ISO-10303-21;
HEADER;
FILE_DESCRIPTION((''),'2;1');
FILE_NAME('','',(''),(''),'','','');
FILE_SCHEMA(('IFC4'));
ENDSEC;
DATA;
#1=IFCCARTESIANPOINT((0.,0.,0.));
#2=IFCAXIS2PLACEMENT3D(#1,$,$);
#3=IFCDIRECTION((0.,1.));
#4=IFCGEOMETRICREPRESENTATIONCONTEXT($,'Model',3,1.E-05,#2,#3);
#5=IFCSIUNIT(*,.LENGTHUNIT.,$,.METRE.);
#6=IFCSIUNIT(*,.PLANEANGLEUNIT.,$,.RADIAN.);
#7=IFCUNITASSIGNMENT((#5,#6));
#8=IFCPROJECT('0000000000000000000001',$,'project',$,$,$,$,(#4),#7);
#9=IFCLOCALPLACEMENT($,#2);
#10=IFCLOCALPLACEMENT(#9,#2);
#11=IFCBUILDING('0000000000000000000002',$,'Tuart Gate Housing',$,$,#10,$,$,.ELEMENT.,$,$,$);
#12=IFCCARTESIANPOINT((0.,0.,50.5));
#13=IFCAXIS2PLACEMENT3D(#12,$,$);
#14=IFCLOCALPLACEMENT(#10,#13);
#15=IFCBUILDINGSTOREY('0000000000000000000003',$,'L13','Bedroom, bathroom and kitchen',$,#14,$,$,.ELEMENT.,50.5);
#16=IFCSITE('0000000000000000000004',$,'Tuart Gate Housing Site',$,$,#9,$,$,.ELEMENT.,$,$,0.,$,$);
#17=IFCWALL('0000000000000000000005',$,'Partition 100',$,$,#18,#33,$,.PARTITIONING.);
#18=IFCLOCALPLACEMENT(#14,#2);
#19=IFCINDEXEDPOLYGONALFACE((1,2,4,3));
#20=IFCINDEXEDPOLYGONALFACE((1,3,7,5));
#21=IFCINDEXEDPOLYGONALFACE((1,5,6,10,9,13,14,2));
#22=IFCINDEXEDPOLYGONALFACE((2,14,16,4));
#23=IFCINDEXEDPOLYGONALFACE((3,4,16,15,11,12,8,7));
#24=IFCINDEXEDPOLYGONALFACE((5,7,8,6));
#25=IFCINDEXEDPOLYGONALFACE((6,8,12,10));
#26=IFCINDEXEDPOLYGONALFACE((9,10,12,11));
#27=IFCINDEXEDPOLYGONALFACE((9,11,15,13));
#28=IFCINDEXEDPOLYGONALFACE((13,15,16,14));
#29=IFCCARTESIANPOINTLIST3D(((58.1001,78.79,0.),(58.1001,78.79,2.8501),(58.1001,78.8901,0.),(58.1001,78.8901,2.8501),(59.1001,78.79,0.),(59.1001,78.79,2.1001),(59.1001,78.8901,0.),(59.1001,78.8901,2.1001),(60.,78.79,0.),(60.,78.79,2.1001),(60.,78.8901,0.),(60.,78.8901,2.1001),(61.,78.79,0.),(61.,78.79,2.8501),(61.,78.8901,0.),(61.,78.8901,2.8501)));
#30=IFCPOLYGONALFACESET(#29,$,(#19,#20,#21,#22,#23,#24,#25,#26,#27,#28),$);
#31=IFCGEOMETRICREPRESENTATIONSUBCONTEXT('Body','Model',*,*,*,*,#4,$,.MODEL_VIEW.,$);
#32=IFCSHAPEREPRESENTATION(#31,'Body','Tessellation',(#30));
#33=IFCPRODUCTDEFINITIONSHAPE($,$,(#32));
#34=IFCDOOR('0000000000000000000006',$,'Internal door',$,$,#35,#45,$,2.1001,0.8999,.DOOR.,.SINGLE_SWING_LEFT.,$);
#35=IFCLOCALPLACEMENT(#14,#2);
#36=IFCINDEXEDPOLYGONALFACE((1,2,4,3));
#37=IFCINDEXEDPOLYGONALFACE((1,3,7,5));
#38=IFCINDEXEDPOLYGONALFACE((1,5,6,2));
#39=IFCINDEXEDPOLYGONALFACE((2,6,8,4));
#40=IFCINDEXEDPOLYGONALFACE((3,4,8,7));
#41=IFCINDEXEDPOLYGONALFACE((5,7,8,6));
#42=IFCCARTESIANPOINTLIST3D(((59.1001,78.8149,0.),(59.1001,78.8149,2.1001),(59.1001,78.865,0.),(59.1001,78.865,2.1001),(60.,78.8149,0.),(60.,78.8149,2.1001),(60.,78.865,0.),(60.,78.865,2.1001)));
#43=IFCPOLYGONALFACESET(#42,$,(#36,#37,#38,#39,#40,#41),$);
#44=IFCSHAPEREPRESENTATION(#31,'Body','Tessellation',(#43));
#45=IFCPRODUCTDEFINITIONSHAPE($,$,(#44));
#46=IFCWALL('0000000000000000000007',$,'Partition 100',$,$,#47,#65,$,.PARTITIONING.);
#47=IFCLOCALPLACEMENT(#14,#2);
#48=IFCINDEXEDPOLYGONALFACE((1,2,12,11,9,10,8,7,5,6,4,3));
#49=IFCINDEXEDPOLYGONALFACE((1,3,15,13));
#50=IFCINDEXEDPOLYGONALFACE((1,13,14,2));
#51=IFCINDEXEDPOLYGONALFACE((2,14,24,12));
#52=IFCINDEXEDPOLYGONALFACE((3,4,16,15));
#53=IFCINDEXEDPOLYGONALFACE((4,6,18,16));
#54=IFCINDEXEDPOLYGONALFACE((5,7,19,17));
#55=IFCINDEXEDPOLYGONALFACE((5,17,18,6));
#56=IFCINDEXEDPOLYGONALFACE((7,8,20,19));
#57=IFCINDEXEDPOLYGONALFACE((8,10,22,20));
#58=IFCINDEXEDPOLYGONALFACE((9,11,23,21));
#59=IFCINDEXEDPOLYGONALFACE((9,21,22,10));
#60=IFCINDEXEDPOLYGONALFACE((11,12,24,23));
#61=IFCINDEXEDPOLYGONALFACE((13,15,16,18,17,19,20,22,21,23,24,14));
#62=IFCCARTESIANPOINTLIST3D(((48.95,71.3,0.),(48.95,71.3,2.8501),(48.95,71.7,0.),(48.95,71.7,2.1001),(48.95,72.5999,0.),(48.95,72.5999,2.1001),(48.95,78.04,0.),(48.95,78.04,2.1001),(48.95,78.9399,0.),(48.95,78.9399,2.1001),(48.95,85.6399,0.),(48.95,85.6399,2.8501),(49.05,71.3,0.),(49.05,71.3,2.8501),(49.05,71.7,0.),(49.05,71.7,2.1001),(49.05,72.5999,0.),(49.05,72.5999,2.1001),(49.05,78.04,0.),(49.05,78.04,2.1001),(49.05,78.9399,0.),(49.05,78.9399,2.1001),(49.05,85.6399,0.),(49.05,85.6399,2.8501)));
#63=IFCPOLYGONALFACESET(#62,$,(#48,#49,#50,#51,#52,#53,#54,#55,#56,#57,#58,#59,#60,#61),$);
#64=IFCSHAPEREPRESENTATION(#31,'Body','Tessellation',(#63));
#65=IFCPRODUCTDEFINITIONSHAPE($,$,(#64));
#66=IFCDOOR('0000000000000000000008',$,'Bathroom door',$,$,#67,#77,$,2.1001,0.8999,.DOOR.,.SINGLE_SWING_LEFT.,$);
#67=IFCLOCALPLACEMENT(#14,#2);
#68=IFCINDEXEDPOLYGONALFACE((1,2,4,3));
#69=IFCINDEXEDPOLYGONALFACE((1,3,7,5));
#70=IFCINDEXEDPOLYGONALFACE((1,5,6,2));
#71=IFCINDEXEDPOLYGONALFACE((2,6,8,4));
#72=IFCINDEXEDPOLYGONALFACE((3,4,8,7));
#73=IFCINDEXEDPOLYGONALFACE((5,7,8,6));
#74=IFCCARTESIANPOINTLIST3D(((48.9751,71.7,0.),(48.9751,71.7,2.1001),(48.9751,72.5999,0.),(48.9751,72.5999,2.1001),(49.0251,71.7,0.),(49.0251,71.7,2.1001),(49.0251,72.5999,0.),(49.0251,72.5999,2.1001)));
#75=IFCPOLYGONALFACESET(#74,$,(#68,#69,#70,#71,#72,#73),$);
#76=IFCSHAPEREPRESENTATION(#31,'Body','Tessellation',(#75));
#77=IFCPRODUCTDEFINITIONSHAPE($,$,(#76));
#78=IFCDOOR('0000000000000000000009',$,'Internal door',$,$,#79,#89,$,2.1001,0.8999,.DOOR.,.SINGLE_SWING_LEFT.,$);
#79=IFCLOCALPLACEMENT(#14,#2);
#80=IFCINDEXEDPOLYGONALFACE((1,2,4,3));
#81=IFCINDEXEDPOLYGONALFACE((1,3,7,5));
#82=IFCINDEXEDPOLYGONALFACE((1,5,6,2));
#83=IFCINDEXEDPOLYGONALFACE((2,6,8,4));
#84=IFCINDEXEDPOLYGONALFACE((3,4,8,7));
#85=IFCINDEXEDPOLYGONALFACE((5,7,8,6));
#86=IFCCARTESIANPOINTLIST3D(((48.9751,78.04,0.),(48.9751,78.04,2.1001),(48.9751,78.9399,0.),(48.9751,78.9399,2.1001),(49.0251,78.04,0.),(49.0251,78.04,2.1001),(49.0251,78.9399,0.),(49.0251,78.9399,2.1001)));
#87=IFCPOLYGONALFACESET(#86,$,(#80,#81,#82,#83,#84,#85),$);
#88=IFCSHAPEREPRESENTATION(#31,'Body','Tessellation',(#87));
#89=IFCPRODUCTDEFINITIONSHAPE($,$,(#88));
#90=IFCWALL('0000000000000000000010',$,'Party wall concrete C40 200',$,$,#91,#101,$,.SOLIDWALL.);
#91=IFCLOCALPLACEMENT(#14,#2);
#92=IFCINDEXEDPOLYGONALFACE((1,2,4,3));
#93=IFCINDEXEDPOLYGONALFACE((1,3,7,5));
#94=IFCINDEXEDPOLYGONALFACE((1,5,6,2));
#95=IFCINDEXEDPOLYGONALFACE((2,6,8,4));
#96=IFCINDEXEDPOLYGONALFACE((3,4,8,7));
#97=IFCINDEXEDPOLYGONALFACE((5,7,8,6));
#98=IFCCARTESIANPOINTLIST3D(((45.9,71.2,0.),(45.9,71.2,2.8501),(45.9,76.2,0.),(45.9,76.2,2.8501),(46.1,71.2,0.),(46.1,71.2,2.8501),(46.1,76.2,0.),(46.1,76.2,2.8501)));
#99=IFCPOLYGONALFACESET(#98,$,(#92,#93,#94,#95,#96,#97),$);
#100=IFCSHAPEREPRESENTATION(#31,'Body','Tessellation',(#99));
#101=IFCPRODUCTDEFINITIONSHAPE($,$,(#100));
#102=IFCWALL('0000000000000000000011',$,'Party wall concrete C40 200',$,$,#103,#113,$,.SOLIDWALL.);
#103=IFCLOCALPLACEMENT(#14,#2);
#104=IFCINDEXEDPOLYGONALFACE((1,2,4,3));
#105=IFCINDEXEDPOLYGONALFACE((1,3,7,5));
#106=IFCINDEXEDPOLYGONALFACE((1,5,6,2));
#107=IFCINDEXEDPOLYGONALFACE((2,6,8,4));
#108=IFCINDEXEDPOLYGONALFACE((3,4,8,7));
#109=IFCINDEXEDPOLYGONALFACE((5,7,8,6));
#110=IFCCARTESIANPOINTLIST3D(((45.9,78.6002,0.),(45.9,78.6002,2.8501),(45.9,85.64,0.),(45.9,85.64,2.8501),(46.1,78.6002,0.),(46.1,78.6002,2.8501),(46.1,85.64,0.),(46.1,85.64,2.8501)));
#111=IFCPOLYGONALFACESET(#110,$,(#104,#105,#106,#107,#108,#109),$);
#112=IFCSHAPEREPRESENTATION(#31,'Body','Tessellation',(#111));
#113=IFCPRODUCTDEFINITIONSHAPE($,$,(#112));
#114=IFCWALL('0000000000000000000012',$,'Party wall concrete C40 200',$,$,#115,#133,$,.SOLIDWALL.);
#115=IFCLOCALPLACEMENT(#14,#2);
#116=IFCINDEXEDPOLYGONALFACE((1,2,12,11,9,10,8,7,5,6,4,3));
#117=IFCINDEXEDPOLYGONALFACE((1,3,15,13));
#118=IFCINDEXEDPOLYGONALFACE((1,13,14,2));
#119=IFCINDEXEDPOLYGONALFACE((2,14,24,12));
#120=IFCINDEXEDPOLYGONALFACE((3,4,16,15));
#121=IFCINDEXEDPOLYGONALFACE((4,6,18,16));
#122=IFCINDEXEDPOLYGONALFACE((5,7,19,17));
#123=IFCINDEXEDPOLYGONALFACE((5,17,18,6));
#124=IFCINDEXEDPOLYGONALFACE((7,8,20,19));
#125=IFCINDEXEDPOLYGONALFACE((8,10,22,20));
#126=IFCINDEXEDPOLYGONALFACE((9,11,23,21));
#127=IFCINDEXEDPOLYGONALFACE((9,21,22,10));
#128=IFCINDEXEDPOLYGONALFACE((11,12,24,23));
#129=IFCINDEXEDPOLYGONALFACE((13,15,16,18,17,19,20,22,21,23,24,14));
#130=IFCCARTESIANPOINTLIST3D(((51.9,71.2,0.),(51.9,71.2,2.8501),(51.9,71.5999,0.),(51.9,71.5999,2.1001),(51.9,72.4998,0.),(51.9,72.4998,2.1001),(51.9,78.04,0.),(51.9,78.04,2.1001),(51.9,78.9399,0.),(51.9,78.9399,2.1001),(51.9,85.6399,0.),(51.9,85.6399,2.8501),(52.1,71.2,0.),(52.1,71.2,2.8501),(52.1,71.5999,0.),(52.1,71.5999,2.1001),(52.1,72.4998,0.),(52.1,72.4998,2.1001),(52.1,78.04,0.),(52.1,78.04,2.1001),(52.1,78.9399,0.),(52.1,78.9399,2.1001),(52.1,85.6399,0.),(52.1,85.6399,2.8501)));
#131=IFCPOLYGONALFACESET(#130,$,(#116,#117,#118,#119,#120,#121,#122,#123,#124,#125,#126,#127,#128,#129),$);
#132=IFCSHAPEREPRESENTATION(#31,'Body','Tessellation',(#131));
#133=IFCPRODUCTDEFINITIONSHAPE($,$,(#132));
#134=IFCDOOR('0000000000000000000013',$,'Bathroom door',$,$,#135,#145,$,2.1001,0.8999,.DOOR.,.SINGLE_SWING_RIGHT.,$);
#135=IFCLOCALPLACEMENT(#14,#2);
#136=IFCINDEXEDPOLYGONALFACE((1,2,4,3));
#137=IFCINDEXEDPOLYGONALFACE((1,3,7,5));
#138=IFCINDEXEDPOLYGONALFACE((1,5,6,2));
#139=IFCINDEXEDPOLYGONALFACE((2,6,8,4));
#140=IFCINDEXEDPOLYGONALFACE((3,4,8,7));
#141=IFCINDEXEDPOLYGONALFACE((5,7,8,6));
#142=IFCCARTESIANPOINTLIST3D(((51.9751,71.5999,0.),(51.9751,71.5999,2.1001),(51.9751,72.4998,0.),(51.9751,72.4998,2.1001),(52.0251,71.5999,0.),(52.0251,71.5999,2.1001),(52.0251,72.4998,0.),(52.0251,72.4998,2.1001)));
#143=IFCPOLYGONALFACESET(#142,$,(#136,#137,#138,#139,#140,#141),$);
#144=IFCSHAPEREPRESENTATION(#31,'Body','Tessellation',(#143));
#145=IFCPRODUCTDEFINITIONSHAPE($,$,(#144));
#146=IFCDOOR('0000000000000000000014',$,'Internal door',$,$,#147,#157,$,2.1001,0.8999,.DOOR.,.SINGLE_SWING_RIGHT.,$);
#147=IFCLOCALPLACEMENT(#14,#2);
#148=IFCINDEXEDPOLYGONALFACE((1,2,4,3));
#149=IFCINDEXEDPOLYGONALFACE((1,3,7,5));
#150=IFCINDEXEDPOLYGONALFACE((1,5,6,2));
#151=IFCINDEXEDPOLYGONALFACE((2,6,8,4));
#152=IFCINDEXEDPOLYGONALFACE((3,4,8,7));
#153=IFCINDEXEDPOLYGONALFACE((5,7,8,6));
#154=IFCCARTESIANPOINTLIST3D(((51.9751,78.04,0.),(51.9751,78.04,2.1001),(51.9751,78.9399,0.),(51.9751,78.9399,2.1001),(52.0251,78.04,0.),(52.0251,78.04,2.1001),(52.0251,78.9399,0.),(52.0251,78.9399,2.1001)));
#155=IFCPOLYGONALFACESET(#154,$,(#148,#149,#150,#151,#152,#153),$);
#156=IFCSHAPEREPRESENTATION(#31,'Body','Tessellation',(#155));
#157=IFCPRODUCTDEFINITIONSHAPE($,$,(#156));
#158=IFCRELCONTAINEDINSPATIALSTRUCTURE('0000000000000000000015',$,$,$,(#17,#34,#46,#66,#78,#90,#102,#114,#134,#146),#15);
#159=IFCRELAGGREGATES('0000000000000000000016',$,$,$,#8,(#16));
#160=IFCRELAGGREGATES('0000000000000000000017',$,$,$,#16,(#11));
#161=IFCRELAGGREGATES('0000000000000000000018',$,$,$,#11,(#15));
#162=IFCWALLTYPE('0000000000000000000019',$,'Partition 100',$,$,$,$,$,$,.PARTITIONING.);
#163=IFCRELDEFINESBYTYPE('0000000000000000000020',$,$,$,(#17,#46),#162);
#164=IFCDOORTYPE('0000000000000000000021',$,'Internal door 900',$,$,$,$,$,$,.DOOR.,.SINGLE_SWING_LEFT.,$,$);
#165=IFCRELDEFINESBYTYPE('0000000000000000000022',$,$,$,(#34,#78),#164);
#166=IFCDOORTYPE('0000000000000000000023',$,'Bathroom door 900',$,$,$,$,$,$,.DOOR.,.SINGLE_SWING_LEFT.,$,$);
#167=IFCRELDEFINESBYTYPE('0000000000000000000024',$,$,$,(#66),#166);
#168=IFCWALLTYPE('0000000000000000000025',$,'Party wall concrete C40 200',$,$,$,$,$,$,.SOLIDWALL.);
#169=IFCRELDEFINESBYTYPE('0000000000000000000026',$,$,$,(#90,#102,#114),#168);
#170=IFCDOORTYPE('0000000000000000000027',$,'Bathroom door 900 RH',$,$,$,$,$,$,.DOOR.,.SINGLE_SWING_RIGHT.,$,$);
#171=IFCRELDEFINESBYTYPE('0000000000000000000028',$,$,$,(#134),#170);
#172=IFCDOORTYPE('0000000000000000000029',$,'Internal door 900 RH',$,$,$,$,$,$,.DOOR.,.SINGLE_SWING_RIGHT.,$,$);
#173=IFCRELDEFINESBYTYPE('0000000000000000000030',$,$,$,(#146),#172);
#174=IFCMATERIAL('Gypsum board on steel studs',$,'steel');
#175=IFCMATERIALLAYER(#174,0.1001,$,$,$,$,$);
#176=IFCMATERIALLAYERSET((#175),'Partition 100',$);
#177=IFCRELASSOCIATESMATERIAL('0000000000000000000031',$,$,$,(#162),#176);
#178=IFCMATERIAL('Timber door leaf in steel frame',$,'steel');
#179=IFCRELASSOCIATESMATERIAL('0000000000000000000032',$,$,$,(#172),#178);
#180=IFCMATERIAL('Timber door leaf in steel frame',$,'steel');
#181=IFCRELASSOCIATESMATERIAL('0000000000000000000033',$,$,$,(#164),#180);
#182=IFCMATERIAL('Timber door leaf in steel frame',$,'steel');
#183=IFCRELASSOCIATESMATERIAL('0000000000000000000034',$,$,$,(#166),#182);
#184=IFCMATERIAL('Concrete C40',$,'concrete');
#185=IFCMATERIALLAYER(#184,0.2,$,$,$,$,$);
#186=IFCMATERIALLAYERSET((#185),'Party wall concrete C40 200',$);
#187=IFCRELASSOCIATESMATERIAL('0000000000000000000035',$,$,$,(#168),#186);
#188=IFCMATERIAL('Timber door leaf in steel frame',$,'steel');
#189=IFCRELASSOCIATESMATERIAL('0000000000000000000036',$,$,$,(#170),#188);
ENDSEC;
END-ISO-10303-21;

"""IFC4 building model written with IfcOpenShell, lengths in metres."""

from ifc_helpers import new_model, si_unit, direction, frame, frame_2d, origin, place, context, subcontext, project, spatial, rectangle, extrude, material, layer, layer_set, type_object, element, fill, save


model = new_model("IFC4")

# Units and contexts
model_context = context("Model", 3, precision=1e-05, world=origin(), true_north=direction((0.0, 1.0)))
body_context = subcontext(model_context, "Body", "Model", "MODEL_VIEW")
ifc_project = project(units=[si_unit("LENGTHUNIT", "METRE"), si_unit("PLANEANGLEUNIT", "RADIAN")], contexts=[model_context])

# Site, building, storey
site_placement = place(None, origin())
site = spatial("IfcSite", under=ifc_project, at=site_placement, Name="Tuart Gate Housing Site", CompositionType="ELEMENT", RefElevation=0.0)
building_placement = place(site_placement, origin())
building = spatial("IfcBuilding", under=site, at=building_placement, Name="Tuart Gate Housing", CompositionType="ELEMENT")
storey_placement = place(building_placement, frame((0.0, 0.0, 50.5)))
storey = spatial("IfcBuildingStorey", under=building, at=storey_placement, Name="L13", Description="Bedroom, bathroom and kitchen", CompositionType="ELEMENT", Elevation=50.5)

# Shared definitions
ifc_material_1 = material(Name="Gypsum board on steel studs", Category="steel")
ifc_layer_1 = layer(ifc_material_1, 0.1001)
ifc_layer_set_1 = layer_set([ifc_layer_1], Name="Partition 100")
wall_type_1 = type_object("IfcWallType", Name="Partition 100", PredefinedType="PARTITIONING", material=ifc_layer_set_1)

# Wall, opening, door
ifc_material_2 = material(Name="Timber door leaf in steel frame", Category="steel")
door_type_1 = type_object("IfcDoorType", Name="Internal door 900 RH", OperationType="SINGLE_SWING_RIGHT", PredefinedType="DOOR", material=ifc_material_2)
wall_1_placement = place(storey_placement, frame((58.1001, 78.8401, 0.0), z_axis=(0.0, 0.0, 1.0), x_axis=(1.0, 0.0, 0.0)))
wall_1 = element("IfcWall", 1, at=wall_1_placement, inside=storey, type_object=wall_type_1, Name="Partition 100", PredefinedType="PARTITIONING", context=body_context, shape_type="SweptSolid", body=[
    extrude(rectangle(XDim=2.8999, YDim=0.1001, at=frame_2d((1.45, 0.0))), origin(), (0.0, 0.0, 1.0), 2.8501),
])
opening_1_placement = place(wall_1_placement, frame((1.0, 0.0, 0.0)))
opening_1 = element("IfcOpeningElement", 2, at=opening_1_placement, cuts=wall_1, PredefinedType="OPENING", context=body_context, shape_type="SweptSolid", body=[
    extrude(rectangle(XDim=0.8999, YDim=2.1001, at=frame_2d((0.45, 1.05))), frame((0.0, 0.0601, 0.0), z_axis=(0.0, -1.0, 0.0), x_axis=(1.0, 0.0, 0.0)), (0.0, 0.0, 1.0), 0.1201),
])
ifc_material_3 = material(Name="Timber door leaf in steel frame", Category="steel")
door_type_2 = type_object("IfcDoorType", Name="Internal door 900", OperationType="SINGLE_SWING_LEFT", PredefinedType="DOOR", material=ifc_material_3)
door_1_placement = place(opening_1_placement, frame((0.8999, 0.0, 0.0), z_axis=(0.0, 0.0, 1.0), x_axis=(-1.0, 0.0, 0.0)))
door_1 = element("IfcDoor", 3, at=door_1_placement, inside=storey, type_object=door_type_2, Name="Internal door", OperationType="SINGLE_SWING_LEFT", OverallHeight=2.1001, OverallWidth=0.8999, PredefinedType="DOOR", context=body_context, shape_type="SweptSolid", body=[
    extrude(rectangle(XDim=0.8999, YDim=2.1001, at=frame_2d((0.45, 1.05))), frame((0.0, 0.0251, 0.0), z_axis=(0.0, -1.0, 0.0), x_axis=(1.0, 0.0, 0.0)), (0.0, 0.0, 1.0), 0.05),
])
fill(opening_1, door_1)

# Wall, openings, doors
wall_2_placement = place(storey_placement, frame((49.0, 71.3, 0.0), z_axis=(0.0, 0.0, 1.0), x_axis=(0.0, 1.0, 0.0)))
wall_2 = element("IfcWall", 4, at=wall_2_placement, inside=storey, type_object=wall_type_1, Name="Partition 100", PredefinedType="PARTITIONING", context=body_context, shape_type="SweptSolid", body=[
    extrude(rectangle(XDim=14.3398, YDim=0.1001, at=frame_2d((7.1699, 0.0))), origin(), (0.0, 0.0, 1.0), 2.8501),
])
opening_2_placement = place(wall_2_placement, frame((6.74, 0.0, 0.0)))
opening_2 = element("IfcOpeningElement", 5, at=opening_2_placement, cuts=wall_2, PredefinedType="OPENING", context=body_context, shape_type="SweptSolid", body=[
    extrude(rectangle(XDim=0.8999, YDim=2.1001, at=frame_2d((0.45, 1.05))), frame((0.0, 0.0601, 0.0), z_axis=(0.0, -1.0, 0.0), x_axis=(1.0, 0.0, 0.0)), (0.0, 0.0, 1.0), 0.1201),
])
opening_3_placement = place(wall_2_placement, frame((0.3999, 0.0, 0.0)))
opening_3 = element("IfcOpeningElement", 6, at=opening_3_placement, cuts=wall_2, PredefinedType="OPENING", context=body_context, shape_type="SweptSolid", body=[
    extrude(rectangle(XDim=0.8999, YDim=2.1001, at=frame_2d((0.45, 1.05))), frame((0.0, 0.0601, 0.0), z_axis=(0.0, -1.0, 0.0), x_axis=(1.0, 0.0, 0.0)), (0.0, 0.0, 1.0), 0.1201),
])
ifc_material_4 = material(Name="Timber door leaf in steel frame", Category="steel")
door_type_3 = type_object("IfcDoorType", Name="Bathroom door 900", OperationType="SINGLE_SWING_LEFT", PredefinedType="DOOR", material=ifc_material_4)
door_2_placement = place(opening_3_placement, origin())
door_2 = element("IfcDoor", 7, at=door_2_placement, inside=storey, type_object=door_type_3, Name="Bathroom door", OperationType="SINGLE_SWING_LEFT", OverallHeight=2.1001, OverallWidth=0.8999, PredefinedType="DOOR", context=body_context, shape_type="SweptSolid", body=[
    extrude(rectangle(XDim=0.8999, YDim=2.1001, at=frame_2d((0.45, 1.05))), frame((0.0, 0.0249, 0.0), z_axis=(0.0, -1.0, 0.0), x_axis=(1.0, 0.0, 0.0)), (0.0, 0.0, 1.0), 0.05),
])
fill(opening_3, door_2)
door_3_placement = place(opening_2_placement, origin())
door_3 = element("IfcDoor", 8, at=door_3_placement, inside=storey, type_object=door_type_2, Name="Internal door", OperationType="SINGLE_SWING_LEFT", OverallHeight=2.1001, OverallWidth=0.8999, PredefinedType="DOOR", context=body_context, shape_type="SweptSolid", body=[
    extrude(rectangle(XDim=0.8999, YDim=2.1001, at=frame_2d((0.45, 1.05))), frame((0.0, 0.0249, 0.0), z_axis=(0.0, -1.0, 0.0), x_axis=(1.0, 0.0, 0.0)), (0.0, 0.0, 1.0), 0.05),
])
fill(opening_2, door_3)

# Walls
ifc_material_5 = material(Name="Concrete C40", Category="concrete")
ifc_layer_2 = layer(ifc_material_5, 0.2)
ifc_layer_set_2 = layer_set([ifc_layer_2], Name="Party wall concrete C40 200")
wall_type_2 = type_object("IfcWallType", Name="Party wall concrete C40 200", PredefinedType="SOLIDWALL", material=ifc_layer_set_2)
wall_3_placement = place(storey_placement, frame((46.0, 71.2, 0.0), z_axis=(0.0, 0.0, 1.0), x_axis=(0.0, 1.0, 0.0)))
element("IfcWall", 9, at=wall_3_placement, inside=storey, type_object=wall_type_2, Name="Party wall concrete C40 200", PredefinedType="SOLIDWALL", context=body_context, shape_type="SweptSolid", body=[
    extrude(rectangle(XDim=5.0, YDim=0.2, at=frame_2d((2.5, 0.0))), origin(), (0.0, 0.0, 1.0), 2.8501),
])
wall_4_placement = place(storey_placement, frame((46.0, 78.6001, 0.0), z_axis=(0.0, 0.0, 1.0), x_axis=(0.0, 1.0, 0.0)))
element("IfcWall", 10, at=wall_4_placement, inside=storey, type_object=wall_type_2, Name="Party wall concrete C40 200", PredefinedType="SOLIDWALL", context=body_context, shape_type="SweptSolid", body=[
    extrude(rectangle(XDim=7.0398, YDim=0.2, at=frame_2d((3.52, 0.0))), origin(), (0.0, 0.0, 1.0), 2.8501),
])

# Wall, openings, doors
wall_5_placement = place(storey_placement, frame((52.0, 71.2, 0.0), z_axis=(0.0, 0.0, 1.0), x_axis=(0.0, 1.0, 0.0)))
wall_5 = element("IfcWall", 11, at=wall_5_placement, inside=storey, type_object=wall_type_2, Name="Party wall concrete C40 200", PredefinedType="SOLIDWALL", context=body_context, shape_type="SweptSolid", body=[
    extrude(rectangle(XDim=14.4399, YDim=0.2, at=frame_2d((7.22, 0.0))), origin(), (0.0, 0.0, 1.0), 2.8501),
])
opening_4_placement = place(wall_5_placement, frame((6.8401, 0.0, 0.0)))
opening_4 = element("IfcOpeningElement", 12, at=opening_4_placement, cuts=wall_5, PredefinedType="OPENING", context=body_context, shape_type="SweptSolid", body=[
    extrude(rectangle(XDim=0.8999, YDim=2.1001, at=frame_2d((0.45, 1.05))), frame((0.0, 0.1099, 0.0), z_axis=(0.0, -1.0, 0.0), x_axis=(1.0, 0.0, 0.0)), (0.0, 0.0, 1.0), 0.22),
])
opening_5_placement = place(wall_5_placement, frame((0.3999, 0.0, 0.0)))
opening_5 = element("IfcOpeningElement", 13, at=opening_5_placement, cuts=wall_5, PredefinedType="OPENING", context=body_context, shape_type="SweptSolid", body=[
    extrude(rectangle(XDim=0.8999, YDim=2.1001, at=frame_2d((0.45, 1.05))), frame((0.0, 0.1099, 0.0), z_axis=(0.0, -1.0, 0.0), x_axis=(1.0, 0.0, 0.0)), (0.0, 0.0, 1.0), 0.22),
])
ifc_material_6 = material(Name="Timber door leaf in steel frame", Category="steel")
door_type_4 = type_object("IfcDoorType", Name="Bathroom door 900 RH", OperationType="SINGLE_SWING_RIGHT", PredefinedType="DOOR", material=ifc_material_6)
door_4_placement = place(opening_5_placement, frame((0.8999, 0.0, 0.0), z_axis=(0.0, 0.0, 1.0), x_axis=(-1.0, 0.0, 0.0)))
door_4 = element("IfcDoor", 14, at=door_4_placement, inside=storey, type_object=door_type_4, Name="Bathroom door", OperationType="SINGLE_SWING_RIGHT", OverallHeight=2.1001, OverallWidth=0.8999, PredefinedType="DOOR", context=body_context, shape_type="SweptSolid", body=[
    extrude(rectangle(XDim=0.8999, YDim=2.1001, at=frame_2d((0.45, 1.05))), frame((0.0, 0.0251, 0.0), z_axis=(0.0, -1.0, 0.0), x_axis=(1.0, 0.0, 0.0)), (0.0, 0.0, 1.0), 0.05),
])
fill(opening_5, door_4)
door_5_placement = place(opening_4_placement, frame((0.8999, 0.0, 0.0), z_axis=(0.0, 0.0, 1.0), x_axis=(-1.0, 0.0, 0.0)))
door_5 = element("IfcDoor", 15, at=door_5_placement, inside=storey, type_object=door_type_1, Name="Internal door", OperationType="SINGLE_SWING_RIGHT", OverallHeight=2.1001, OverallWidth=0.8999, PredefinedType="DOOR", context=body_context, shape_type="SweptSolid", body=[
    extrude(rectangle(XDim=0.8999, YDim=2.1001, at=frame_2d((0.45, 1.05))), frame((0.0, 0.0251, 0.0), z_axis=(0.0, -1.0, 0.0), x_axis=(1.0, 0.0, 0.0)), (0.0, 0.0, 1.0), 0.05),
])
fill(opening_4, door_5)

save(model, "model.ifc")
